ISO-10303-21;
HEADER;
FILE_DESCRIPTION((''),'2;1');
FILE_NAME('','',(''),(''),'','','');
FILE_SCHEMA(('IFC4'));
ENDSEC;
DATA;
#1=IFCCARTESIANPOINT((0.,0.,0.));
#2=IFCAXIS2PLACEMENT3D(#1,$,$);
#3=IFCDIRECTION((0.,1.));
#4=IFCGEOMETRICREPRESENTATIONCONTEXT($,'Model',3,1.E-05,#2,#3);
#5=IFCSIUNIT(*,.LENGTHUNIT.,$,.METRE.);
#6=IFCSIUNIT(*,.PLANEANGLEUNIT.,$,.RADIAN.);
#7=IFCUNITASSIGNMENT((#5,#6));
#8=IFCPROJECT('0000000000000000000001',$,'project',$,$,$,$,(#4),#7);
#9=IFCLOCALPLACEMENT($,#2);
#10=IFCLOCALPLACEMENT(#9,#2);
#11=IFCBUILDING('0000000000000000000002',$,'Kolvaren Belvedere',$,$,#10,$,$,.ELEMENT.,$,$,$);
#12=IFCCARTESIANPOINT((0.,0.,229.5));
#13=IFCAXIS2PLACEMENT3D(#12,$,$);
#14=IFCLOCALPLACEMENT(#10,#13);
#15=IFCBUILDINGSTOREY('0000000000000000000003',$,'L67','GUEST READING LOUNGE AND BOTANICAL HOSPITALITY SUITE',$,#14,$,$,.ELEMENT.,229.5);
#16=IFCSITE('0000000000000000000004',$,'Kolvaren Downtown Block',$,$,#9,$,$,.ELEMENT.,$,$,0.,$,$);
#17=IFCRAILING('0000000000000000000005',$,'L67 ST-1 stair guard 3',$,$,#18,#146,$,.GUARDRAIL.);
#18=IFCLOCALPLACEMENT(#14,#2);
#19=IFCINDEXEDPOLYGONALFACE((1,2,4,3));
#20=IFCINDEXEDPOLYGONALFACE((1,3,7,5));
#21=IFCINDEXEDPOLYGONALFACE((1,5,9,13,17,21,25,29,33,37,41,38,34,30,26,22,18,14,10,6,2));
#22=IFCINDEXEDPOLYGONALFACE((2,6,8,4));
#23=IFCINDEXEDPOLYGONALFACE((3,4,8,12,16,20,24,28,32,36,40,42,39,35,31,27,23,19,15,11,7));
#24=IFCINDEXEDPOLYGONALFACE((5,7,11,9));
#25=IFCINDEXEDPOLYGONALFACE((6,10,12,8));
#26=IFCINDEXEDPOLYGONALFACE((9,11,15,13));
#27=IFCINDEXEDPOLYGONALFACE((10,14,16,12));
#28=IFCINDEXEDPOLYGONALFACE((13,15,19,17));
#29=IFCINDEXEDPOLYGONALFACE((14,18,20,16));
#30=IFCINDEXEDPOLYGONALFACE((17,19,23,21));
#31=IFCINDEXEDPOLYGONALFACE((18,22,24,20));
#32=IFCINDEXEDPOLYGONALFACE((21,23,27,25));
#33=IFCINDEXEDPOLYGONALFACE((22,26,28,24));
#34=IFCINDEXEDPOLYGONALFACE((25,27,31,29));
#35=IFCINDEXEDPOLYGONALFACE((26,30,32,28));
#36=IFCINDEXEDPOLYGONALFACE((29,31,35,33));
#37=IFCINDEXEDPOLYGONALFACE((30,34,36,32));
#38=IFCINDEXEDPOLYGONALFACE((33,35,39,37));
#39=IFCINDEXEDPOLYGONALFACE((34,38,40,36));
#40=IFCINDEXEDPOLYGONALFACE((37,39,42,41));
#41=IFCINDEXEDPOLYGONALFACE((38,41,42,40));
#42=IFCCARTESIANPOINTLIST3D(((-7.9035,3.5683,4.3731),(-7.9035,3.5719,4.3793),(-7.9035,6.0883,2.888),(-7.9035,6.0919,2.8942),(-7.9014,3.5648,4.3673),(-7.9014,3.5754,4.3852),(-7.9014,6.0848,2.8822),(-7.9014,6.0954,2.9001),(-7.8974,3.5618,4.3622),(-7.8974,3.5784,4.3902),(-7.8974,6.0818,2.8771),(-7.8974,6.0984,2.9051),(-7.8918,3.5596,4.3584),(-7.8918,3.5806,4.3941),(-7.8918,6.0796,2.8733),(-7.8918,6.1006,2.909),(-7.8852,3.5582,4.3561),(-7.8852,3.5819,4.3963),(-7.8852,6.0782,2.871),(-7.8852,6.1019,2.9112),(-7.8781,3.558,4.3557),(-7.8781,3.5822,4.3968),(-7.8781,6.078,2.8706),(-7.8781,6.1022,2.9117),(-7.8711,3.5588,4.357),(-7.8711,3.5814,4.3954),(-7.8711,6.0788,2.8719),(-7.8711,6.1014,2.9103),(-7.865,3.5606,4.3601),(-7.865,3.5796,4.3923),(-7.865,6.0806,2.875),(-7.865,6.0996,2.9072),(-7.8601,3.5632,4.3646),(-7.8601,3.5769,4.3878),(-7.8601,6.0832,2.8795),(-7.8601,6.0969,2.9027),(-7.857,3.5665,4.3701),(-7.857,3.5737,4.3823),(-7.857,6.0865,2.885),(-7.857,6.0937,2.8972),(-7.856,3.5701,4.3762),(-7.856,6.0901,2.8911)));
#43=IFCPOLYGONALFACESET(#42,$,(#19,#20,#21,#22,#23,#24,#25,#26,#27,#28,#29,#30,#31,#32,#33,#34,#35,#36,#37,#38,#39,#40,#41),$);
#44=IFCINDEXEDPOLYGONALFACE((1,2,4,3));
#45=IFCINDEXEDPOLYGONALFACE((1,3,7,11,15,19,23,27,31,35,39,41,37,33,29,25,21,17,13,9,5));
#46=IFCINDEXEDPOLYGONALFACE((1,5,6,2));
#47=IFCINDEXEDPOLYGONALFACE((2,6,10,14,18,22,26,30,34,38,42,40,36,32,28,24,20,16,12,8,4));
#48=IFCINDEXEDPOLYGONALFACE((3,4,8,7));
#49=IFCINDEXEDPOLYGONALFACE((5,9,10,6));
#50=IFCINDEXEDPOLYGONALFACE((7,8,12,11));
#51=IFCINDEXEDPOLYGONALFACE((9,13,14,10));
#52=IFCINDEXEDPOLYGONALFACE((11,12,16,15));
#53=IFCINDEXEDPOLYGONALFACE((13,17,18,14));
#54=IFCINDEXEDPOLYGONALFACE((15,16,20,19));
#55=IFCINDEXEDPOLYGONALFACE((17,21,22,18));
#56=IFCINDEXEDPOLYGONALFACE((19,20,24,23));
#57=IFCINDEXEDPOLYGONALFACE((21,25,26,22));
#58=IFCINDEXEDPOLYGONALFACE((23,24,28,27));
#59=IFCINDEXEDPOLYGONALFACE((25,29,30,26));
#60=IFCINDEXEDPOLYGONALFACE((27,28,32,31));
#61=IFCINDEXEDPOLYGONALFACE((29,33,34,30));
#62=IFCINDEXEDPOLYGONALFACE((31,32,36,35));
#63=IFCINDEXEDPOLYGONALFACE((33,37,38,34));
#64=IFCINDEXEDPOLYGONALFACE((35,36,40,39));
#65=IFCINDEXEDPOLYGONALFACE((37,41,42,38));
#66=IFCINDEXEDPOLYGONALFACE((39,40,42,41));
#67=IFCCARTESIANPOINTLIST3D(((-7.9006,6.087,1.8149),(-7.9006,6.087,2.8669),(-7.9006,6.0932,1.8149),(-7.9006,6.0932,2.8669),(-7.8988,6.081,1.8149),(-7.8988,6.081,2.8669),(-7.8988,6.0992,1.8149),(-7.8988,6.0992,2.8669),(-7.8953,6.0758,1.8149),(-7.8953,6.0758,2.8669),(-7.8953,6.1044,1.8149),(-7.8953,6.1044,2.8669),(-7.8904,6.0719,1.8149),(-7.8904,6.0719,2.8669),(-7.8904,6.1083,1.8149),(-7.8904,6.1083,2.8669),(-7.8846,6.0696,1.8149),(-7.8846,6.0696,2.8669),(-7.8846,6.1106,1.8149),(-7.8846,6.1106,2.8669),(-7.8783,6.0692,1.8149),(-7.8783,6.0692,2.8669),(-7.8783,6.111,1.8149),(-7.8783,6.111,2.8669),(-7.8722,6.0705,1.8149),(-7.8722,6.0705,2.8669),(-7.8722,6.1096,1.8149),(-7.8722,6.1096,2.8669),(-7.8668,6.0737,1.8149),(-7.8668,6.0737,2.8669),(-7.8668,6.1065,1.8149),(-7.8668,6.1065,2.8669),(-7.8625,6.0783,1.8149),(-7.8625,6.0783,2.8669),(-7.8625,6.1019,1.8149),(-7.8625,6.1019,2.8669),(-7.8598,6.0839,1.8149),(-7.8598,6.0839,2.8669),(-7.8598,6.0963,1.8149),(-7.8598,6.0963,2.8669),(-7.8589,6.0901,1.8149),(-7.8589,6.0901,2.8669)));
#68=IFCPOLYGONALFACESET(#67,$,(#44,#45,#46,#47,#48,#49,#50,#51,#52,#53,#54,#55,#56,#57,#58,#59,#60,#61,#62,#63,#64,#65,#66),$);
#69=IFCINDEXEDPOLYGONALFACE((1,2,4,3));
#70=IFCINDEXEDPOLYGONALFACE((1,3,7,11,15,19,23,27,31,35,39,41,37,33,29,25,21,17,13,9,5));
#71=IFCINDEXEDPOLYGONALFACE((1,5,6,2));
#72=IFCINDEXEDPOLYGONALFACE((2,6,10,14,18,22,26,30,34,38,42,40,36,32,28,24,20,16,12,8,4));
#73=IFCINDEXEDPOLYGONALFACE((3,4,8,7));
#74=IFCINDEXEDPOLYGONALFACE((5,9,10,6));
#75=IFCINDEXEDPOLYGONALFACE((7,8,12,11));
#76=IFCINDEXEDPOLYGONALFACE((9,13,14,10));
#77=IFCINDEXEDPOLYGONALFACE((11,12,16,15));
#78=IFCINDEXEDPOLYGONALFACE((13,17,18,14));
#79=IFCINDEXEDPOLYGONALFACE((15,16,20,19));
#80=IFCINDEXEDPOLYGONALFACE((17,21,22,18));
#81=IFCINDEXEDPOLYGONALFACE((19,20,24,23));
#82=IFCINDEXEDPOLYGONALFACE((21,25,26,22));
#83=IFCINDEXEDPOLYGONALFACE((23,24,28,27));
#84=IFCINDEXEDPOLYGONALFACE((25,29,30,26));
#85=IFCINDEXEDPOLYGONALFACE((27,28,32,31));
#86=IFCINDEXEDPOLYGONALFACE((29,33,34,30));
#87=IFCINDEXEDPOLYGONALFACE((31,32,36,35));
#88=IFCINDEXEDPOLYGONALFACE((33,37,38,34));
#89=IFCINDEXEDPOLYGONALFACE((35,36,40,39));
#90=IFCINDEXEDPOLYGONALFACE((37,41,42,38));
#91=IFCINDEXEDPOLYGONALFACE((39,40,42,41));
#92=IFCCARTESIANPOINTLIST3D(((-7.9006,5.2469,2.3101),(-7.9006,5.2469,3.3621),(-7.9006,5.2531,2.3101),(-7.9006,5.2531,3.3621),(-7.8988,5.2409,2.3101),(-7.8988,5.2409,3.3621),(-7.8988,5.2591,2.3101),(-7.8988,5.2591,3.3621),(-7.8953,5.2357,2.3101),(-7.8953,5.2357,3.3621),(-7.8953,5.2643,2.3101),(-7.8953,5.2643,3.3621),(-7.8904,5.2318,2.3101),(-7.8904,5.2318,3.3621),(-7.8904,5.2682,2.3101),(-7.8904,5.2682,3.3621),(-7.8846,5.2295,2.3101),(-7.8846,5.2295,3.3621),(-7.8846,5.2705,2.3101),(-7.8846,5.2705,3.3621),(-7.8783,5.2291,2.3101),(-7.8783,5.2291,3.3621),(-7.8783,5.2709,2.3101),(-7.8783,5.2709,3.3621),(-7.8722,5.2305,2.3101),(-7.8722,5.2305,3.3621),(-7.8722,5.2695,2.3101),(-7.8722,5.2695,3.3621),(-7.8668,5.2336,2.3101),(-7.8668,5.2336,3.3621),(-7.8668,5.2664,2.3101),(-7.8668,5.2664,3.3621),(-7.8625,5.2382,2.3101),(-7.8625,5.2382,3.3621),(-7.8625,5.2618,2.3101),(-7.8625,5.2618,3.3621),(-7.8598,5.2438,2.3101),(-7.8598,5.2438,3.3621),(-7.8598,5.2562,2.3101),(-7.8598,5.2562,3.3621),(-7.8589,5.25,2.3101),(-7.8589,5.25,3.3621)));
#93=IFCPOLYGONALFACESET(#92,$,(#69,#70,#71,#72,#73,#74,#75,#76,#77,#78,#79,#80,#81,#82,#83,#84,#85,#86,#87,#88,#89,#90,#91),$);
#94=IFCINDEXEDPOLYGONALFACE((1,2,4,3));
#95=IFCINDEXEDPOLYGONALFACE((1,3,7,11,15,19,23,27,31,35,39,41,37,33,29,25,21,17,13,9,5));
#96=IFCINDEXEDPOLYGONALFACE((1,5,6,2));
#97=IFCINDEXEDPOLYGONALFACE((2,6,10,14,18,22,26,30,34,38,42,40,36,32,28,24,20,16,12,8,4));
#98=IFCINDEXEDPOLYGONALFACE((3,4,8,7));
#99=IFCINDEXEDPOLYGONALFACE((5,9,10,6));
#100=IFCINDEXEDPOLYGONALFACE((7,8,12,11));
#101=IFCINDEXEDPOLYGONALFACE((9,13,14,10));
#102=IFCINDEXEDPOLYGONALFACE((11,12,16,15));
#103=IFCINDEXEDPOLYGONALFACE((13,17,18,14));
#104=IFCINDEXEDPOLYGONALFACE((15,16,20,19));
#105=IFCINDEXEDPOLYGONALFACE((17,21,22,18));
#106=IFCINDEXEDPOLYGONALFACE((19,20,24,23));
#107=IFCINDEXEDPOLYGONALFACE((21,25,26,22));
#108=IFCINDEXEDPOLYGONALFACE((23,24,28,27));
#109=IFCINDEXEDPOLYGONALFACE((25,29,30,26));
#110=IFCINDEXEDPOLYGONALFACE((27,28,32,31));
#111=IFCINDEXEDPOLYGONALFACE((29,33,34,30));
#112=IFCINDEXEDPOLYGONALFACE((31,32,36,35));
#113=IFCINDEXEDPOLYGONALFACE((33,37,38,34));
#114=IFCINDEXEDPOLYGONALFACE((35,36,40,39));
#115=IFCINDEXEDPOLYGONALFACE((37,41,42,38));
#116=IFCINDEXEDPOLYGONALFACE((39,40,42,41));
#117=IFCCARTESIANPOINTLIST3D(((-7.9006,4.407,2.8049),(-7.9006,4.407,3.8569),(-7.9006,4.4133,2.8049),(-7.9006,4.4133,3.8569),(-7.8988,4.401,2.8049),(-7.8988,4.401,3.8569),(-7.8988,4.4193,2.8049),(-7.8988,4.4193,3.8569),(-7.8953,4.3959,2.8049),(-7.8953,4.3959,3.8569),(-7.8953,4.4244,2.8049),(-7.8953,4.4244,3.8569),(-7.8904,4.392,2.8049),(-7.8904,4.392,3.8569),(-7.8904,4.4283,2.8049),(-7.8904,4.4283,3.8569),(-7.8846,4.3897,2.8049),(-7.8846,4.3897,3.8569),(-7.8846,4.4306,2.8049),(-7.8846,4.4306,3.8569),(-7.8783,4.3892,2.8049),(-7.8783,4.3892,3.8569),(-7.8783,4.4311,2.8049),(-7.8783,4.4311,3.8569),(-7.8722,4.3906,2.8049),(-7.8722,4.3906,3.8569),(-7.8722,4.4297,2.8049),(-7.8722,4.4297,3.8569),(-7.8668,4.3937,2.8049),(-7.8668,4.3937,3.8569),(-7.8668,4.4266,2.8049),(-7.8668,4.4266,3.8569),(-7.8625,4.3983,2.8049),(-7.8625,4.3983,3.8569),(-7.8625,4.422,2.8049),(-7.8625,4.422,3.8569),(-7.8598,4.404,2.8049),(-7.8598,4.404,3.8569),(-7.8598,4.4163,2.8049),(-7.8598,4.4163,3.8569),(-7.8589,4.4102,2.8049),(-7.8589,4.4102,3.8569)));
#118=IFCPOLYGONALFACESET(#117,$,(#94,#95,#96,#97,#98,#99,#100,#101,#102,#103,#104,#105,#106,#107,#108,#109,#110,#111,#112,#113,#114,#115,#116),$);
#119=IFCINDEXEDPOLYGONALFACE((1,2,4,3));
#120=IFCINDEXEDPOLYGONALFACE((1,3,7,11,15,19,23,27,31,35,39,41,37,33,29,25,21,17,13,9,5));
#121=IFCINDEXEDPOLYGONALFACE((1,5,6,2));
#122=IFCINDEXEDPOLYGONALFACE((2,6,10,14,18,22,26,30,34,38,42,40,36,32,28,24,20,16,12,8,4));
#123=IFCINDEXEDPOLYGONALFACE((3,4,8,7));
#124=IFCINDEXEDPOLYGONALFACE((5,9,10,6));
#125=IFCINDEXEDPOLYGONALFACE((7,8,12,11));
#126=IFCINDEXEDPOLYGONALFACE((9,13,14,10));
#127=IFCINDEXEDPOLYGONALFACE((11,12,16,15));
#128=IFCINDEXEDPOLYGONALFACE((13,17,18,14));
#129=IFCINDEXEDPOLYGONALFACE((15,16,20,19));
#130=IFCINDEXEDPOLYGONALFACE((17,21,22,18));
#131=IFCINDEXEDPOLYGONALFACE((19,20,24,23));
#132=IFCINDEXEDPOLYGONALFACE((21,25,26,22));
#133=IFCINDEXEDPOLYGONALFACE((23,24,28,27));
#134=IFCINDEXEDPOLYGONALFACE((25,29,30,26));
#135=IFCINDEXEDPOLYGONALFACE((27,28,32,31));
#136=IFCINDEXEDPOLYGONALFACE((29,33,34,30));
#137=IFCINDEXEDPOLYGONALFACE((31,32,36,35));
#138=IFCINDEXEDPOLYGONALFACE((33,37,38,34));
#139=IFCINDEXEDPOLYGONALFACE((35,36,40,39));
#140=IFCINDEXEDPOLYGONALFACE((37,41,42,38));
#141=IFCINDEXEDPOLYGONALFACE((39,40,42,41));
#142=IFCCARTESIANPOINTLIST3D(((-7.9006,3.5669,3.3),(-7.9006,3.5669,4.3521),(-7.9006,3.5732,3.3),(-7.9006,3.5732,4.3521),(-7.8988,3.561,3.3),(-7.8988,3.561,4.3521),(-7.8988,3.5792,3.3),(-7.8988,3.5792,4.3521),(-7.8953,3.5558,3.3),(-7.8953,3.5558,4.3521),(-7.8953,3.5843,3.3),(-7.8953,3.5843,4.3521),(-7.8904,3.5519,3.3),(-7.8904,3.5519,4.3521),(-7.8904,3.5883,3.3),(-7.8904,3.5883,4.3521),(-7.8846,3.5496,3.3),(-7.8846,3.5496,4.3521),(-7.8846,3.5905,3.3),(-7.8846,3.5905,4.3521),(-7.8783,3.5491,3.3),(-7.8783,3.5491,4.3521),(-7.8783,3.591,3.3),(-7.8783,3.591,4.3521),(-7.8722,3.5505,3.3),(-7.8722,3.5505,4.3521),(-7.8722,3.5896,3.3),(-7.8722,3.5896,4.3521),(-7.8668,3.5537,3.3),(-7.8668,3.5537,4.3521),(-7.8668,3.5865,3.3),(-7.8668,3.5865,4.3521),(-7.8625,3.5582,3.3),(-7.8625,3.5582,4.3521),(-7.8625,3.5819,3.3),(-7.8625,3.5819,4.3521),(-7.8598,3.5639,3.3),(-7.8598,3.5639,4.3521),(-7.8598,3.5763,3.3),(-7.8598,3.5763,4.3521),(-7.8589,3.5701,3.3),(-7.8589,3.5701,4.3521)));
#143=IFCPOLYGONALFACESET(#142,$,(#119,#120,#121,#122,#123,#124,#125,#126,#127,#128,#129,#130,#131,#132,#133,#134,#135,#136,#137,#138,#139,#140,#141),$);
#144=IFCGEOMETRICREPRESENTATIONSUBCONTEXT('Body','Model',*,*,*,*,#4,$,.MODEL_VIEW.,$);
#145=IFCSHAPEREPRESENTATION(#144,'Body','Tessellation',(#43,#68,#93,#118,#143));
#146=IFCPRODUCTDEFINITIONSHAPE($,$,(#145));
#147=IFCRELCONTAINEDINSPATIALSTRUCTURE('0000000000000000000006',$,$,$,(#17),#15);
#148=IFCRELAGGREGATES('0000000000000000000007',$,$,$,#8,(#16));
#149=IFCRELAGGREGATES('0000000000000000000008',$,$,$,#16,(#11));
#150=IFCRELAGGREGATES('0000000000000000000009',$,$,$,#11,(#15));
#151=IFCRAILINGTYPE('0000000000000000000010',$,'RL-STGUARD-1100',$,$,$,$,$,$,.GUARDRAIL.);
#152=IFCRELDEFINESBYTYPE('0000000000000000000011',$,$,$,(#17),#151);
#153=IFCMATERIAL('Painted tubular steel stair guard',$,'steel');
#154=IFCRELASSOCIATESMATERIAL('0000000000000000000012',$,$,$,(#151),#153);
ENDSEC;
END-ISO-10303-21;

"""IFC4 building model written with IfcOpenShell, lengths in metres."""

from ifc_helpers import new_model, si_unit, direction, frame, origin, origin_2d, place, context, subcontext, project, spatial, circle, extrude, material, type_object, element, save


model = new_model("IFC4")

# Units and contexts
model_context = context("Model", 3, precision=1e-05, world=origin(), true_north=direction((0.0, 1.0)))
body_context = subcontext(model_context, "Body", "Model", "MODEL_VIEW")
ifc_project = project(units=[si_unit("LENGTHUNIT", "METRE"), si_unit("PLANEANGLEUNIT", "RADIAN")], contexts=[model_context])

# Site, building, storey
site_placement = place(None, origin())
site = spatial("IfcSite", under=ifc_project, at=site_placement, Name="Kolvaren Downtown Block", CompositionType="ELEMENT", RefElevation=0.0)
building_placement = place(site_placement, origin())
building = spatial("IfcBuilding", under=site, at=building_placement, Name="Kolvaren Belvedere", CompositionType="ELEMENT")
storey_placement = place(building_placement, frame((0.0, 0.0, 229.5)))
storey = spatial("IfcBuildingStorey", under=building, at=storey_placement, Name="L67", Description="GUEST READING LOUNGE AND BOTANICAL HOSPITALITY SUITE", CompositionType="ELEMENT", Elevation=229.5)

# Railing
ifc_material_1 = material(Name="Painted tubular steel stair guard", Category="steel")
railing_type_1 = type_object("IfcRailingType", Name="RL-STGUARD-1100", PredefinedType="GUARDRAIL", material=ifc_material_1)
railing_1_placement = place(storey_placement, frame((-7.8799, 6.0901, 1.8149)))
element("IfcRailing", 1, at=railing_1_placement, inside=storey, type_object=railing_type_1, Name="L67 ST-1 stair guard 3", PredefinedType="GUARDRAIL", context=body_context, shape_type="SweptSolid", body=[
    extrude(circle(Radius=0.0239, at=origin_2d()), frame((0.0, 0.0, 1.0762), z_axis=(0.0, -0.861524, 0.507717), x_axis=(1.0, 0.0, 0.0)), (0.0, 0.0, 1.0), 2.925),
    extrude(circle(Radius=0.021, at=origin_2d()), origin(), (0.0, 0.0, 1.0), 1.052),
    extrude(circle(Radius=0.021, at=origin_2d()), frame((0.0, -0.8401, 0.4951)), (0.0, 0.0, 1.0), 1.052),
    extrude(circle(Radius=0.021, at=origin_2d()), frame((0.0, -1.6799, 0.99)), (0.0, 0.0, 1.0), 1.052),
    extrude(circle(Radius=0.021, at=origin_2d()), frame((0.0, -2.52, 1.4851)), (0.0, 0.0, 1.0), 1.052),
])

save(model, "model.ifc")
